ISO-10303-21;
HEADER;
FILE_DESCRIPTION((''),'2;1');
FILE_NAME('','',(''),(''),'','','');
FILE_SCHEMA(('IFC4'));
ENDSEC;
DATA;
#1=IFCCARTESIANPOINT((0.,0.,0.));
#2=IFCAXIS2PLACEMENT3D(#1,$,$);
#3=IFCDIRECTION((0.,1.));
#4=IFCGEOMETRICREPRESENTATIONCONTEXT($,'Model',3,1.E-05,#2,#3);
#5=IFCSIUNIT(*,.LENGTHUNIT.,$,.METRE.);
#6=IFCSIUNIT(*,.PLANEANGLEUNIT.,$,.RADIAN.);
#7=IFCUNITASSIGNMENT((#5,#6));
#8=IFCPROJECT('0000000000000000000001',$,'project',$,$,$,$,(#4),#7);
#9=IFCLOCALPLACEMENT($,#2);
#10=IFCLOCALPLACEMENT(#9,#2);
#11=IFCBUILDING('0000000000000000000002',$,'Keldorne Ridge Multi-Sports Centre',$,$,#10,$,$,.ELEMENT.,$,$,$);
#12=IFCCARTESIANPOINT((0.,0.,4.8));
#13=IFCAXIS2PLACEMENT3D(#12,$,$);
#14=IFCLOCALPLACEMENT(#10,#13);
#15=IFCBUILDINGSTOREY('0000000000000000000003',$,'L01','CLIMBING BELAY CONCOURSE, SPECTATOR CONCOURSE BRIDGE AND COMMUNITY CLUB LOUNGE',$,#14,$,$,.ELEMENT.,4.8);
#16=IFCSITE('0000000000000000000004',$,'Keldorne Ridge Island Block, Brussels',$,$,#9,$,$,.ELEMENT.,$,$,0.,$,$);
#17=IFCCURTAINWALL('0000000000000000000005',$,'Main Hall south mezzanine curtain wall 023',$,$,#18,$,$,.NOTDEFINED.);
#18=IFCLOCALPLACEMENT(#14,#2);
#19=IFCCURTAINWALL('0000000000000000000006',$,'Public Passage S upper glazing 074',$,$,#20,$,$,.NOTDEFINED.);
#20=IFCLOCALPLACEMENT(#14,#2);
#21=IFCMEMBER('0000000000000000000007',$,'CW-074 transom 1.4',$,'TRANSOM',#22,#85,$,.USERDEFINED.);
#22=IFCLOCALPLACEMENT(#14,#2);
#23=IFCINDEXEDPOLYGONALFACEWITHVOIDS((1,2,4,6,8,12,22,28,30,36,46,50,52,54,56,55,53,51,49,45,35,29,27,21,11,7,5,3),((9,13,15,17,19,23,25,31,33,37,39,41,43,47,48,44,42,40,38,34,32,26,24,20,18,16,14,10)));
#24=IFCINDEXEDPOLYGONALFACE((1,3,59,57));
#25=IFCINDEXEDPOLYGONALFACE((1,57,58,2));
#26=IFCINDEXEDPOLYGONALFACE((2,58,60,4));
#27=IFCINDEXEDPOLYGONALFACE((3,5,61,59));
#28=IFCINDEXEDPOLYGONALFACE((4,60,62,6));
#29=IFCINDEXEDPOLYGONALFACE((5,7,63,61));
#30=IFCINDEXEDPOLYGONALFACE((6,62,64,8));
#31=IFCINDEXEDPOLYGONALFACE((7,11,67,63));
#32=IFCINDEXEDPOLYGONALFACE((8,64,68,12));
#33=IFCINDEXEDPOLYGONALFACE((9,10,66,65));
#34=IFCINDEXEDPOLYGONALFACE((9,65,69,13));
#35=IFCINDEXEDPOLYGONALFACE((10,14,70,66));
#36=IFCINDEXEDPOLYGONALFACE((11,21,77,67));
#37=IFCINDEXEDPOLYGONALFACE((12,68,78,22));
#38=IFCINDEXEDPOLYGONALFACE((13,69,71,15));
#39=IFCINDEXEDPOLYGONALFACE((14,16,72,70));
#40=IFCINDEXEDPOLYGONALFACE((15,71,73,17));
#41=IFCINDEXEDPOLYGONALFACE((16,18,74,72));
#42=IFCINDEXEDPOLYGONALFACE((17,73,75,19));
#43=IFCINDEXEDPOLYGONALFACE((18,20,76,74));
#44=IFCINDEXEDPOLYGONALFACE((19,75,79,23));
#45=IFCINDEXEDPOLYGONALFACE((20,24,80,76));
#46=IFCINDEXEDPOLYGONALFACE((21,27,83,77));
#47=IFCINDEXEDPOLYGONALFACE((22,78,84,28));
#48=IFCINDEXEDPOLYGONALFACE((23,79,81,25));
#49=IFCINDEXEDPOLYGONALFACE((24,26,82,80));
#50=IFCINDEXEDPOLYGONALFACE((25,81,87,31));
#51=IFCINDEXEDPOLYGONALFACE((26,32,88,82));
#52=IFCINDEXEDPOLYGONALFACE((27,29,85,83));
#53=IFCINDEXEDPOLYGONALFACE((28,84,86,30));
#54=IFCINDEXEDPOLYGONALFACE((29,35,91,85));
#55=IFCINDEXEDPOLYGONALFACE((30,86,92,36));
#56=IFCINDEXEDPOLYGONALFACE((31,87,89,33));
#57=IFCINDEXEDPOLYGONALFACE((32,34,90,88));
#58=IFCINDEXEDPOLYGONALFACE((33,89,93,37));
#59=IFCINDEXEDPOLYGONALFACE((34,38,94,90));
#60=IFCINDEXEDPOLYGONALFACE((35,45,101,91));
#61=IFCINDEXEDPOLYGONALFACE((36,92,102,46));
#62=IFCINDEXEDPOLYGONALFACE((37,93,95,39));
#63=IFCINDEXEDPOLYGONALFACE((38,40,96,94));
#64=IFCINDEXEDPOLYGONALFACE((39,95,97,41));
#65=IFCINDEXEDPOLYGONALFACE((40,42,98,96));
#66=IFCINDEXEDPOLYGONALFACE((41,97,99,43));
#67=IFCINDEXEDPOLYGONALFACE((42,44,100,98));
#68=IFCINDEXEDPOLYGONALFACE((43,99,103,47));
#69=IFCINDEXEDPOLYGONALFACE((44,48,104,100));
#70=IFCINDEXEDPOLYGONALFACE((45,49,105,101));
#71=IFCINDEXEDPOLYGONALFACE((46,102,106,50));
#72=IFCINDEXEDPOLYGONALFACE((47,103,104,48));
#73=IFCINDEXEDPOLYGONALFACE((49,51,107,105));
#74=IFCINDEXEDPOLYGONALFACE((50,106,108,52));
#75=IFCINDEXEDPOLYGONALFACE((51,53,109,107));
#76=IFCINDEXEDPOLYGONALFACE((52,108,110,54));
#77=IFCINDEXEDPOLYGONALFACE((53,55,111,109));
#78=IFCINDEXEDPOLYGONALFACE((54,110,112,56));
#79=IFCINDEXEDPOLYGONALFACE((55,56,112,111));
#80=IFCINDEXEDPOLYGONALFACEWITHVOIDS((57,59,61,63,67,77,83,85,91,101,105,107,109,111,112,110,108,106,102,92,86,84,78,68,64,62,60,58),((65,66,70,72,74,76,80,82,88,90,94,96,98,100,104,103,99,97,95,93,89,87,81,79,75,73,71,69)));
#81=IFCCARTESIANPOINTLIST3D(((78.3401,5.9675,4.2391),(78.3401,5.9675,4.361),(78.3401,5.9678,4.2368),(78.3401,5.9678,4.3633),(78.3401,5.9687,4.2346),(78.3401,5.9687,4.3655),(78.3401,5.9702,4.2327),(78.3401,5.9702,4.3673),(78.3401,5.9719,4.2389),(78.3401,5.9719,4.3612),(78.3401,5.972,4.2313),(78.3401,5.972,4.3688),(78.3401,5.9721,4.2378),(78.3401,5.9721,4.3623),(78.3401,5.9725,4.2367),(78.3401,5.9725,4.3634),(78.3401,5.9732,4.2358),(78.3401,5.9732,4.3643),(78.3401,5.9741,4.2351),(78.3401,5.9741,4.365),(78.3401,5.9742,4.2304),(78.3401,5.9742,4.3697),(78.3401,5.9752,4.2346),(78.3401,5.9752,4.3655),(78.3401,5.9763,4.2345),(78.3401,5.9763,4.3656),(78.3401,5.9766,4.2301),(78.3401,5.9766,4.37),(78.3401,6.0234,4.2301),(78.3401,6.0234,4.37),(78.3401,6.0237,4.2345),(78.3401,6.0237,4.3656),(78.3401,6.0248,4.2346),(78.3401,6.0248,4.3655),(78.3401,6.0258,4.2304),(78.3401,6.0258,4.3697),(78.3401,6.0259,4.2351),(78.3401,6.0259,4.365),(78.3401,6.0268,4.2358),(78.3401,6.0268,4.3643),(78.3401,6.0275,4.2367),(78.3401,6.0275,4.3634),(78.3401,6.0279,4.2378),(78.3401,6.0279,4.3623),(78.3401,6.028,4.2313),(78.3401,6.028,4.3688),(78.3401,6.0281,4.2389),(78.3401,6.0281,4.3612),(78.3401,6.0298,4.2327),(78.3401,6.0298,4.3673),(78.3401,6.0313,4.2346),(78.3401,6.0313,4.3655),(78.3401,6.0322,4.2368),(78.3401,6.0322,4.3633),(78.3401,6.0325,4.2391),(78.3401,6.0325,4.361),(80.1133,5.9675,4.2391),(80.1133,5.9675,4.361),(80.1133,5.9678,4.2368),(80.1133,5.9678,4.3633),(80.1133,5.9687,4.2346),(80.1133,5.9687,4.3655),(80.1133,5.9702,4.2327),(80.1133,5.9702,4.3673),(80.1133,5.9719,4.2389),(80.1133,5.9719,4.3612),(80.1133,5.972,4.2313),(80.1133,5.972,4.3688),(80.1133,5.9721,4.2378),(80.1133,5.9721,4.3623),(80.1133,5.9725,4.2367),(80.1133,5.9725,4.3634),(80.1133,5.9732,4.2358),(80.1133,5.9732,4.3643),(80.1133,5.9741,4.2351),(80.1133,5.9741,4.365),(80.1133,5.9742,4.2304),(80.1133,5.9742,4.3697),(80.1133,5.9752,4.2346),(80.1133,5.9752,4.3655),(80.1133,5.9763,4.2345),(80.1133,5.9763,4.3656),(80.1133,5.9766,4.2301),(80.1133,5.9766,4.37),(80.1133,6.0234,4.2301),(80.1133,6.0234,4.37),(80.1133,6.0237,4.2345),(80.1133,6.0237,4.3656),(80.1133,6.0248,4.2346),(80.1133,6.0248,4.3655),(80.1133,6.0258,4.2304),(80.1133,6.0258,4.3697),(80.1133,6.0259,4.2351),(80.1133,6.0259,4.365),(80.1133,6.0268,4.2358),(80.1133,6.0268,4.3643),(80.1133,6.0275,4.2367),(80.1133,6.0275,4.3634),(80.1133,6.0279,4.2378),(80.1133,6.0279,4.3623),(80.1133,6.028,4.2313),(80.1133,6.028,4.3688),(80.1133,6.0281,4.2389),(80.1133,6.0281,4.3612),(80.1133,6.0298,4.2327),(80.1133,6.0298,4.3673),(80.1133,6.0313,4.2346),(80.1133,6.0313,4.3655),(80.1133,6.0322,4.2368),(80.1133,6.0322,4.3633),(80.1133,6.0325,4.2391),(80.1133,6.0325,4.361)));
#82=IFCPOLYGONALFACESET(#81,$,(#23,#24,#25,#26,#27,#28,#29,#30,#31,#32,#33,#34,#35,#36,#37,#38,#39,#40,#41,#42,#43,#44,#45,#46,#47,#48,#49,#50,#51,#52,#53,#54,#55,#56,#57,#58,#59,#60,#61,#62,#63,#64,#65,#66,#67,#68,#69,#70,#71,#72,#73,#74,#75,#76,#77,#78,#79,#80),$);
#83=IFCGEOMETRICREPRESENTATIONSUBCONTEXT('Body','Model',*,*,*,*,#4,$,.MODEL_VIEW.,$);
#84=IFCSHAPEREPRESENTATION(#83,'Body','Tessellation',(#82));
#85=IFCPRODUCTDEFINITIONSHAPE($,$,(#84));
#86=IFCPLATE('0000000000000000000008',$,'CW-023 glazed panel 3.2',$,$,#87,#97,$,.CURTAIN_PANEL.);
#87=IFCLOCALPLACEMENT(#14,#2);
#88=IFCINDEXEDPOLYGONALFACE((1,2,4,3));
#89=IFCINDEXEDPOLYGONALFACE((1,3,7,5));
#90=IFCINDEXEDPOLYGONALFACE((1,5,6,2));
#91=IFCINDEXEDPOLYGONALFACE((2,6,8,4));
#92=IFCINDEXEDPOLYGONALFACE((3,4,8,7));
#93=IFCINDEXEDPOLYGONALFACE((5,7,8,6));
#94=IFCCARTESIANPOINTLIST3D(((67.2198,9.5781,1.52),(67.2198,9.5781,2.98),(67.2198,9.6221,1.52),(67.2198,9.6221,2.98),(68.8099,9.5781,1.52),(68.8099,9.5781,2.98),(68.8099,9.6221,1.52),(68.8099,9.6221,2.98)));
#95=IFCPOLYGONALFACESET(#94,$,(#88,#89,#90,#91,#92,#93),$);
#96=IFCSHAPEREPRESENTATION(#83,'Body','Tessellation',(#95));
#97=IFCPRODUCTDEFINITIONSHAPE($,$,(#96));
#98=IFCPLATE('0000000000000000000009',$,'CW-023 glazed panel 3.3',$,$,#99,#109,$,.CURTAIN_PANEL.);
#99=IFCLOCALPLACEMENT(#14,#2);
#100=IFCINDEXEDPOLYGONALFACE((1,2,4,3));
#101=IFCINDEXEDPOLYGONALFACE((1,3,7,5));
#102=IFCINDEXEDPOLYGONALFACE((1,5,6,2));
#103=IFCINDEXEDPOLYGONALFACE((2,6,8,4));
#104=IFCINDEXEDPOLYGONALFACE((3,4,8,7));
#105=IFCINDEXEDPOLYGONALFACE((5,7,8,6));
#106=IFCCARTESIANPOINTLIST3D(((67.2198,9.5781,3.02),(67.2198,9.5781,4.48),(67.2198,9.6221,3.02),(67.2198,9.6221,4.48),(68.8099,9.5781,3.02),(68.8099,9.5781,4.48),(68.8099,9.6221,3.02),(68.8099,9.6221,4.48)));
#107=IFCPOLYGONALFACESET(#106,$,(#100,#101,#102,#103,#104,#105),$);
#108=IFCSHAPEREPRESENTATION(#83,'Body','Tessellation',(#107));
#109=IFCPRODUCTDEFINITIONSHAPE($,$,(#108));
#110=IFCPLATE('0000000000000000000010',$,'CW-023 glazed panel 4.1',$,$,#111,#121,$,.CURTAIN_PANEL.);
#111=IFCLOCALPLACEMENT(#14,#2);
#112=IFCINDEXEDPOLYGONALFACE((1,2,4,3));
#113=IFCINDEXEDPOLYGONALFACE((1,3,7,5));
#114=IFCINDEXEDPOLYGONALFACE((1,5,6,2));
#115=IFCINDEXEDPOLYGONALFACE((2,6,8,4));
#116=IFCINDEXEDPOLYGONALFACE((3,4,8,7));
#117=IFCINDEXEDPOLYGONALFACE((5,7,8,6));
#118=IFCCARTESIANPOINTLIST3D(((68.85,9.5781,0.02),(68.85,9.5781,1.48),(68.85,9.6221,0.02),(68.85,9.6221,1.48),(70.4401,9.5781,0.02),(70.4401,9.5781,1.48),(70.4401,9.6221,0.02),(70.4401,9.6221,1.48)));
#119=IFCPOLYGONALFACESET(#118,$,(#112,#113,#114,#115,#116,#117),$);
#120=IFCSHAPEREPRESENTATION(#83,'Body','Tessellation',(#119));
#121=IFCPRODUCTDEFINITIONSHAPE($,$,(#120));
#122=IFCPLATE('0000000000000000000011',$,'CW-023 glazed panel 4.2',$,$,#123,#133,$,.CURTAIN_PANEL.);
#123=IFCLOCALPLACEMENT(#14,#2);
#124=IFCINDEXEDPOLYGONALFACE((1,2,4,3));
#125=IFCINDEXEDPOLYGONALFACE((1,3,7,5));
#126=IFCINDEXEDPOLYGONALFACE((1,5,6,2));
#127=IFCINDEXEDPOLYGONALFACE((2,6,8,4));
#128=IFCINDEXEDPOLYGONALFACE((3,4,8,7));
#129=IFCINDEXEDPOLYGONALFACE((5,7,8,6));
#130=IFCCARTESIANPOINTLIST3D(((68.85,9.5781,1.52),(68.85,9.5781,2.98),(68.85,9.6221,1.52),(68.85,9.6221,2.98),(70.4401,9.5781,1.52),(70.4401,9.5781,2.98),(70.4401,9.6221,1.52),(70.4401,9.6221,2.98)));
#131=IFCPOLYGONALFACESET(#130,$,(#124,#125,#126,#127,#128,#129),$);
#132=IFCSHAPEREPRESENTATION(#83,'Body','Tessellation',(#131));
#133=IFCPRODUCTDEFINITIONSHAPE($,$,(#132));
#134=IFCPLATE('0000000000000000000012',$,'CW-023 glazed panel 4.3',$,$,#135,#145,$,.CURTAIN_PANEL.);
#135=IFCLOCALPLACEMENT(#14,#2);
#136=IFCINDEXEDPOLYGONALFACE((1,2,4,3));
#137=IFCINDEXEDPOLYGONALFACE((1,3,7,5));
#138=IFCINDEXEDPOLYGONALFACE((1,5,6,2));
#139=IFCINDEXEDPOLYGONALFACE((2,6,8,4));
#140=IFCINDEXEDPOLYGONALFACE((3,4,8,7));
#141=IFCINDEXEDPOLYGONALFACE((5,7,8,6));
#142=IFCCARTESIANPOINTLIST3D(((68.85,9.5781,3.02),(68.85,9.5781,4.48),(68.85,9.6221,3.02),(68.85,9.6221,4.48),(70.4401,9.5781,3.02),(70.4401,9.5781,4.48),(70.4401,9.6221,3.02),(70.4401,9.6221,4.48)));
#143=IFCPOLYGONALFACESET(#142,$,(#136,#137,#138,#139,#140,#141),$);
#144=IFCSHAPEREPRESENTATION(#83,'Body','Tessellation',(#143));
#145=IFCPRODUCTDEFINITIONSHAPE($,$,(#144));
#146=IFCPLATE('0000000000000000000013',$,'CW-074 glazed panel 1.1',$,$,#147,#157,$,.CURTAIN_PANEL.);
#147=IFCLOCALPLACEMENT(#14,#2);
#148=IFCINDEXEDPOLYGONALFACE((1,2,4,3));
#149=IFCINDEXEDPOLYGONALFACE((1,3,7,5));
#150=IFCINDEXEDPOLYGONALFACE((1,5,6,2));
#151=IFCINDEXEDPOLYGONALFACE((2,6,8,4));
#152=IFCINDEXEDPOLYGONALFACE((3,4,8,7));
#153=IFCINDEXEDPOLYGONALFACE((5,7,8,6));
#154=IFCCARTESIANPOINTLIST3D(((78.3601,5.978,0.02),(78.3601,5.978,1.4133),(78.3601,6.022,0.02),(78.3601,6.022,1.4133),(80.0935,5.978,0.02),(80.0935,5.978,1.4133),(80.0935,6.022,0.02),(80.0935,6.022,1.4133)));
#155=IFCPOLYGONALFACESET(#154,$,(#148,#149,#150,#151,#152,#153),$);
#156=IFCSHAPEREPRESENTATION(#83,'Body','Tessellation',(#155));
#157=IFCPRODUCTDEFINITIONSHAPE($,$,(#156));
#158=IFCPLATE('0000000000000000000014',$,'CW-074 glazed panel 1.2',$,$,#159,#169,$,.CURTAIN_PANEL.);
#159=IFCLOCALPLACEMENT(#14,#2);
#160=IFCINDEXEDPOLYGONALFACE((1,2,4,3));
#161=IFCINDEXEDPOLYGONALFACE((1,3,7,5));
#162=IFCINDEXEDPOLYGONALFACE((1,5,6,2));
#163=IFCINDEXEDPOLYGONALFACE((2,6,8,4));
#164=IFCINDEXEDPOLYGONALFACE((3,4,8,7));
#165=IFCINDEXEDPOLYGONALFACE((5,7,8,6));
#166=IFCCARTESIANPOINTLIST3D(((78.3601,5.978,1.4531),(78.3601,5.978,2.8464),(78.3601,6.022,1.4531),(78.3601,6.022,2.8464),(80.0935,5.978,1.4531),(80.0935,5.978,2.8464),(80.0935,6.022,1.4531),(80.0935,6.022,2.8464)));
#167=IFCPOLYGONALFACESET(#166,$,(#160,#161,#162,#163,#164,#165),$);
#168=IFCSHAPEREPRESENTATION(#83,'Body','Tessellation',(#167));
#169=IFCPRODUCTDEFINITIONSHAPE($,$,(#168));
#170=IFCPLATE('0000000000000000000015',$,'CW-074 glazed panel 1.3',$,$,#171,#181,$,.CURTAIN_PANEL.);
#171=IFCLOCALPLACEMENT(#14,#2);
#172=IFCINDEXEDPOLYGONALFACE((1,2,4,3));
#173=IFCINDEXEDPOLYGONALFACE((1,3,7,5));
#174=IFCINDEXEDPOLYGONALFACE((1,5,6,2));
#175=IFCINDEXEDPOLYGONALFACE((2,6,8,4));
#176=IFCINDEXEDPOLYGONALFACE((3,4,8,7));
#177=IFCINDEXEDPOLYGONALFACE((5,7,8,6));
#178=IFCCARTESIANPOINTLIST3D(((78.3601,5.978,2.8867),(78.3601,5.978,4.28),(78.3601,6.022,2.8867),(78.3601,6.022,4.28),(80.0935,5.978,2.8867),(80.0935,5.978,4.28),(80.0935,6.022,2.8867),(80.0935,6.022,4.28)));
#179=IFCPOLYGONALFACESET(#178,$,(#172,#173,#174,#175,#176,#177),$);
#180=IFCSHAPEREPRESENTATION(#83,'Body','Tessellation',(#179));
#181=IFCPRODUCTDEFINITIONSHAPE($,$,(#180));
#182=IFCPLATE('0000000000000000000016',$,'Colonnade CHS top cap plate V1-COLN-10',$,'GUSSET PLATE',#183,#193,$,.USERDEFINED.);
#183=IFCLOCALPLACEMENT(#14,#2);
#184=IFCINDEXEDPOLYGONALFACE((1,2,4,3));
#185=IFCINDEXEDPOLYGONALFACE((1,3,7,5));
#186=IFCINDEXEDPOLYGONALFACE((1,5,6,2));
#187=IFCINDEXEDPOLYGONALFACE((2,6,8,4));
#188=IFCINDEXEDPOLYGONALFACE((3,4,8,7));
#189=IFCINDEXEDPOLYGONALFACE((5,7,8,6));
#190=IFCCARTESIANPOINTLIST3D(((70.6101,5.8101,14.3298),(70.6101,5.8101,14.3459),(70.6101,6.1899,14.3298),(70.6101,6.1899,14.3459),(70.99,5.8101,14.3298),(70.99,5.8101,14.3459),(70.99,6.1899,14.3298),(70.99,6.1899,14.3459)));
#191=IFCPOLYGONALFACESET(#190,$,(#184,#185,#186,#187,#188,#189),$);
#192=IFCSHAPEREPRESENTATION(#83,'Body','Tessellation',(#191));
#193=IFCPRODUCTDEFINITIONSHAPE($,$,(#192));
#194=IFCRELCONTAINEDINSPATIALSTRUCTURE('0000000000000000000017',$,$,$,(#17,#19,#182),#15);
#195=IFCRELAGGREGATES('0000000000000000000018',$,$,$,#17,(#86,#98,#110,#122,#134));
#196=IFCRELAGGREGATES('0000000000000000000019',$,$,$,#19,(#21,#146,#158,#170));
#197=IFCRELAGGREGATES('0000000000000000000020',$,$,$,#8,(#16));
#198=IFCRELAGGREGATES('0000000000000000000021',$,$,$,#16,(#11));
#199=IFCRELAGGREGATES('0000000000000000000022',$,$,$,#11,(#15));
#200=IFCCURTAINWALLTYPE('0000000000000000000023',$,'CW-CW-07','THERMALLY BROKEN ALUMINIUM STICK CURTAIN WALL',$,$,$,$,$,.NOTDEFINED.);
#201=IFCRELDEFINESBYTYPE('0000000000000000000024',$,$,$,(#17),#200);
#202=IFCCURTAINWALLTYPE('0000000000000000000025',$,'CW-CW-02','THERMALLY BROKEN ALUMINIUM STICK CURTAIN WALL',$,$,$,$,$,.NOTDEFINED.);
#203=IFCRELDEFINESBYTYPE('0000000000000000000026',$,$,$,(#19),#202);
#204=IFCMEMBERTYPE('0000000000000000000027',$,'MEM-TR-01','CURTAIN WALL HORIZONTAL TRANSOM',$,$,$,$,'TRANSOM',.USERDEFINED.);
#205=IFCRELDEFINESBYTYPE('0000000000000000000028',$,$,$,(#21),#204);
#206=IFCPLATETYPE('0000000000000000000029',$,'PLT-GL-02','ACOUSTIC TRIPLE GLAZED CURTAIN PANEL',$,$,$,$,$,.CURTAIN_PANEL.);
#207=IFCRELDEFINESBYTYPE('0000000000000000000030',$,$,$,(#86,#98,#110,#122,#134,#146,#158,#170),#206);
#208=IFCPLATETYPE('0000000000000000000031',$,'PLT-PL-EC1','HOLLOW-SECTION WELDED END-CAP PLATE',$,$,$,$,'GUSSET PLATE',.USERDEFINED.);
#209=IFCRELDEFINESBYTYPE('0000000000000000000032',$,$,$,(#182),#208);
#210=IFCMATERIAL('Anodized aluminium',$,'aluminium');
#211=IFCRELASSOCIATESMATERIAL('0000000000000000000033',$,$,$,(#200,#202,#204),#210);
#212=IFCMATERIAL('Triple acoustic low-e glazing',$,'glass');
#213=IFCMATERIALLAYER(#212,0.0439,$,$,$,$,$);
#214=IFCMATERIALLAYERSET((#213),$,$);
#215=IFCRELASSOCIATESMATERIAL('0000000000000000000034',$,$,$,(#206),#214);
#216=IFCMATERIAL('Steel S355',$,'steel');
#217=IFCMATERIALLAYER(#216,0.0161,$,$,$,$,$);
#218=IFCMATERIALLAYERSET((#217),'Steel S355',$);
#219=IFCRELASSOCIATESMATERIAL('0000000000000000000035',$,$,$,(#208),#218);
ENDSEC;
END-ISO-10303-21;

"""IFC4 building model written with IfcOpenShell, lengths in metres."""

from ifc_helpers import new_model, si_unit, direction, frame, origin, origin_2d, place, context, subcontext, project, spatial, rectangle, hollow_rectangle, extrude, material, layer, layer_set, material_profile, profile_set, type_object, element, aggregate, save


model = new_model("IFC4")

# Units and contexts
model_context = context("Model", 3, precision=1e-05, world=origin(), true_north=direction((0.0, 1.0)))
body_context = subcontext(model_context, "Body", "Model", "MODEL_VIEW")
ifc_project = project(units=[si_unit("LENGTHUNIT", "METRE"), si_unit("PLANEANGLEUNIT", "RADIAN")], contexts=[model_context])

# Site, building, storey
site_placement = place(None, origin())
site = spatial("IfcSite", under=ifc_project, at=site_placement, Name="Keldorne Ridge Island Block, Brussels", CompositionType="ELEMENT", RefElevation=0.0)
building_placement = place(site_placement, origin())
building = spatial("IfcBuilding", under=site, at=building_placement, Name="Keldorne Ridge Multi-Sports Centre", CompositionType="ELEMENT")
storey_placement = place(building_placement, frame((0.0, 0.0, 4.8)))
storey = spatial("IfcBuildingStorey", under=building, at=storey_placement, Name="L01", Description="CLIMBING BELAY CONCOURSE, SPECTATOR CONCOURSE BRIDGE AND COMMUNITY CLUB LOUNGE", CompositionType="ELEMENT", Elevation=4.8)

# Shared definitions
ifc_material_1 = material(Name="Steel S355", Category="steel")

# Curtain wall
ifc_material_2 = material(Name="Anodized aluminium", Category="aluminium")
curtain_wall_type_1 = type_object("IfcCurtainWallType", Name="CW-CW-07", Description="THERMALLY BROKEN ALUMINIUM STICK CURTAIN WALL", PredefinedType="NOTDEFINED", material=ifc_material_2)
curtain_wall_1_placement = place(storey_placement, origin())
curtain_wall_1 = element("IfcCurtainWall", 1, at=curtain_wall_1_placement, inside=storey, type_object=curtain_wall_type_1, Name="Main Hall south mezzanine curtain wall 023", PredefinedType="NOTDEFINED")

# Curtain wall
curtain_wall_type_2 = type_object("IfcCurtainWallType", Name="CW-CW-02", Description="THERMALLY BROKEN ALUMINIUM STICK CURTAIN WALL", PredefinedType="NOTDEFINED", material=ifc_material_2)
curtain_wall_2_placement = place(storey_placement, origin())
curtain_wall_2 = element("IfcCurtainWall", 2, at=curtain_wall_2_placement, inside=storey, type_object=curtain_wall_type_2, Name="Public Passage S upper glazing 074", PredefinedType="NOTDEFINED")

# Member
ifc_material_profile_1 = material_profile(ifc_material_2, hollow_rectangle(XDim=0.0649, YDim=0.1399, WallThickness=0.0044, InnerFilletRadius=0.0044, OuterFilletRadius=0.009, at=origin_2d()), Name="ALU TRANSOM 140x65x4.5")
ifc_profile_set_1 = profile_set([ifc_material_profile_1], Name="Anodized aluminium")
member_type_1 = type_object("IfcMemberType", Name="MEM-TR-01", Description="CURTAIN WALL HORIZONTAL TRANSOM", ElementType="TRANSOM", PredefinedType="USERDEFINED", material=ifc_profile_set_1)
member_1_placement = place(storey_placement, frame((78.3401, 6.0, 4.3), z_axis=(1.0, 0.0, 0.0), x_axis=(0.0, 1.0, 0.0)))
member_1 = element("IfcMember", 3, at=member_1_placement, type_object=member_type_1, Name="CW-074 transom 1.4", ObjectType="TRANSOM", PredefinedType="USERDEFINED", context=body_context, shape_type="SweptSolid", body=[
    extrude(hollow_rectangle(XDim=0.0649, YDim=0.1399, WallThickness=0.0044, InnerFilletRadius=0.0044, OuterFilletRadius=0.009, at=origin_2d()), origin(), (0.0, 0.0, 1.0), 1.7732),
])

# Plates
ifc_material_3 = material(Name="Triple acoustic low-e glazing", Category="glass")
ifc_layer_1 = layer(ifc_material_3, 0.0439)
ifc_layer_set_1 = layer_set([ifc_layer_1])
plate_type_1 = type_object("IfcPlateType", Name="PLT-GL-02", Description="ACOUSTIC TRIPLE GLAZED CURTAIN PANEL", PredefinedType="CURTAIN_PANEL", material=ifc_layer_set_1)
plate_1_placement = place(storey_placement, frame((68.0149, 9.6001, 1.52), z_axis=(0.0, 0.0, 1.0), x_axis=(1.0, 0.0, 0.0)))
plate_1 = element("IfcPlate", 4, at=plate_1_placement, type_object=plate_type_1, Name="CW-023 glazed panel 3.2", PredefinedType="CURTAIN_PANEL", context=body_context, shape_type="SweptSolid", body=[
    extrude(rectangle(XDim=1.5901, YDim=0.0439, at=origin_2d()), origin(), (0.0, 0.0, 1.0), 1.46),
])
plate_2_placement = place(storey_placement, frame((68.0149, 9.6001, 3.02), z_axis=(0.0, 0.0, 1.0), x_axis=(1.0, 0.0, 0.0)))
plate_2 = element("IfcPlate", 5, at=plate_2_placement, type_object=plate_type_1, Name="CW-023 glazed panel 3.3", PredefinedType="CURTAIN_PANEL", context=body_context, shape_type="SweptSolid", body=[
    extrude(rectangle(XDim=1.5901, YDim=0.0439, at=origin_2d()), origin(), (0.0, 0.0, 1.0), 1.46),
])
plate_3_placement = place(storey_placement, frame((69.645, 9.6001, 0.02), z_axis=(0.0, 0.0, 1.0), x_axis=(1.0, 0.0, 0.0)))
plate_3 = element("IfcPlate", 6, at=plate_3_placement, type_object=plate_type_1, Name="CW-023 glazed panel 4.1", PredefinedType="CURTAIN_PANEL", context=body_context, shape_type="SweptSolid", body=[
    extrude(rectangle(XDim=1.5901, YDim=0.0439, at=origin_2d()), origin(), (0.0, 0.0, 1.0), 1.46),
])
plate_4_placement = place(storey_placement, frame((69.645, 9.6001, 1.52), z_axis=(0.0, 0.0, 1.0), x_axis=(1.0, 0.0, 0.0)))
plate_4 = element("IfcPlate", 7, at=plate_4_placement, type_object=plate_type_1, Name="CW-023 glazed panel 4.2", PredefinedType="CURTAIN_PANEL", context=body_context, shape_type="SweptSolid", body=[
    extrude(rectangle(XDim=1.5901, YDim=0.0439, at=origin_2d()), origin(), (0.0, 0.0, 1.0), 1.46),
])
plate_5_placement = place(storey_placement, frame((69.645, 9.6001, 3.02), z_axis=(0.0, 0.0, 1.0), x_axis=(1.0, 0.0, 0.0)))
plate_5 = element("IfcPlate", 8, at=plate_5_placement, type_object=plate_type_1, Name="CW-023 glazed panel 4.3", PredefinedType="CURTAIN_PANEL", context=body_context, shape_type="SweptSolid", body=[
    extrude(rectangle(XDim=1.5901, YDim=0.0439, at=origin_2d()), origin(), (0.0, 0.0, 1.0), 1.46),
])
aggregate(curtain_wall_1, [plate_1, plate_2, plate_3, plate_4, plate_5])
plate_6_placement = place(storey_placement, frame((79.2268, 6.0, 0.02), z_axis=(0.0, 0.0, 1.0), x_axis=(1.0, 0.0, 0.0)))
plate_6 = element("IfcPlate", 9, at=plate_6_placement, type_object=plate_type_1, Name="CW-074 glazed panel 1.1", PredefinedType="CURTAIN_PANEL", context=body_context, shape_type="SweptSolid", body=[
    extrude(rectangle(XDim=1.7334, YDim=0.0439, at=origin_2d()), origin(), (0.0, 0.0, 1.0), 1.3933),
])
plate_7_placement = place(storey_placement, frame((79.2268, 6.0, 1.4531), z_axis=(0.0, 0.0, 1.0), x_axis=(1.0, 0.0, 0.0)))
plate_7 = element("IfcPlate", 10, at=plate_7_placement, type_object=plate_type_1, Name="CW-074 glazed panel 1.2", PredefinedType="CURTAIN_PANEL", context=body_context, shape_type="SweptSolid", body=[
    extrude(rectangle(XDim=1.7334, YDim=0.0439, at=origin_2d()), origin(), (0.0, 0.0, 1.0), 1.3933),
])
plate_8_placement = place(storey_placement, frame((79.2268, 6.0, 2.8867), z_axis=(0.0, 0.0, 1.0), x_axis=(1.0, 0.0, 0.0)))
plate_8 = element("IfcPlate", 11, at=plate_8_placement, type_object=plate_type_1, Name="CW-074 glazed panel 1.3", PredefinedType="CURTAIN_PANEL", context=body_context, shape_type="SweptSolid", body=[
    extrude(rectangle(XDim=1.7334, YDim=0.0439, at=origin_2d()), origin(), (0.0, 0.0, 1.0), 1.3933),
])
aggregate(curtain_wall_2, [member_1, plate_6, plate_7, plate_8])

# Plate
ifc_layer_2 = layer(ifc_material_1, 0.0161)
ifc_layer_set_2 = layer_set([ifc_layer_2], Name="Steel S355")
plate_type_2 = type_object("IfcPlateType", Name="PLT-PL-EC1", Description="HOLLOW-SECTION WELDED END-CAP PLATE", ElementType="GUSSET PLATE", PredefinedType="USERDEFINED", material=ifc_layer_set_2)
for number, where, z_axis, x_axis, name in (
    (12, (70.8, 6.0, 14.3298), (0.0, 0.0, 1.0), (1.0, 0.0, 0.0), "Colonnade CHS top cap plate V1-COLN-10"),
):
    element("IfcPlate", number, at=place(storey_placement, frame(where, z_axis=z_axis, x_axis=x_axis)), inside=storey, type_object=plate_type_2, Name=name, ObjectType="GUSSET PLATE", PredefinedType="USERDEFINED", context=body_context, shape_type="SweptSolid", body=[
        extrude(rectangle(XDim=0.3799, YDim=0.3799, at=origin_2d()), origin(), (0.0, 0.0, 1.0), 0.0161),
    ])

save(model, "model.ifc")
